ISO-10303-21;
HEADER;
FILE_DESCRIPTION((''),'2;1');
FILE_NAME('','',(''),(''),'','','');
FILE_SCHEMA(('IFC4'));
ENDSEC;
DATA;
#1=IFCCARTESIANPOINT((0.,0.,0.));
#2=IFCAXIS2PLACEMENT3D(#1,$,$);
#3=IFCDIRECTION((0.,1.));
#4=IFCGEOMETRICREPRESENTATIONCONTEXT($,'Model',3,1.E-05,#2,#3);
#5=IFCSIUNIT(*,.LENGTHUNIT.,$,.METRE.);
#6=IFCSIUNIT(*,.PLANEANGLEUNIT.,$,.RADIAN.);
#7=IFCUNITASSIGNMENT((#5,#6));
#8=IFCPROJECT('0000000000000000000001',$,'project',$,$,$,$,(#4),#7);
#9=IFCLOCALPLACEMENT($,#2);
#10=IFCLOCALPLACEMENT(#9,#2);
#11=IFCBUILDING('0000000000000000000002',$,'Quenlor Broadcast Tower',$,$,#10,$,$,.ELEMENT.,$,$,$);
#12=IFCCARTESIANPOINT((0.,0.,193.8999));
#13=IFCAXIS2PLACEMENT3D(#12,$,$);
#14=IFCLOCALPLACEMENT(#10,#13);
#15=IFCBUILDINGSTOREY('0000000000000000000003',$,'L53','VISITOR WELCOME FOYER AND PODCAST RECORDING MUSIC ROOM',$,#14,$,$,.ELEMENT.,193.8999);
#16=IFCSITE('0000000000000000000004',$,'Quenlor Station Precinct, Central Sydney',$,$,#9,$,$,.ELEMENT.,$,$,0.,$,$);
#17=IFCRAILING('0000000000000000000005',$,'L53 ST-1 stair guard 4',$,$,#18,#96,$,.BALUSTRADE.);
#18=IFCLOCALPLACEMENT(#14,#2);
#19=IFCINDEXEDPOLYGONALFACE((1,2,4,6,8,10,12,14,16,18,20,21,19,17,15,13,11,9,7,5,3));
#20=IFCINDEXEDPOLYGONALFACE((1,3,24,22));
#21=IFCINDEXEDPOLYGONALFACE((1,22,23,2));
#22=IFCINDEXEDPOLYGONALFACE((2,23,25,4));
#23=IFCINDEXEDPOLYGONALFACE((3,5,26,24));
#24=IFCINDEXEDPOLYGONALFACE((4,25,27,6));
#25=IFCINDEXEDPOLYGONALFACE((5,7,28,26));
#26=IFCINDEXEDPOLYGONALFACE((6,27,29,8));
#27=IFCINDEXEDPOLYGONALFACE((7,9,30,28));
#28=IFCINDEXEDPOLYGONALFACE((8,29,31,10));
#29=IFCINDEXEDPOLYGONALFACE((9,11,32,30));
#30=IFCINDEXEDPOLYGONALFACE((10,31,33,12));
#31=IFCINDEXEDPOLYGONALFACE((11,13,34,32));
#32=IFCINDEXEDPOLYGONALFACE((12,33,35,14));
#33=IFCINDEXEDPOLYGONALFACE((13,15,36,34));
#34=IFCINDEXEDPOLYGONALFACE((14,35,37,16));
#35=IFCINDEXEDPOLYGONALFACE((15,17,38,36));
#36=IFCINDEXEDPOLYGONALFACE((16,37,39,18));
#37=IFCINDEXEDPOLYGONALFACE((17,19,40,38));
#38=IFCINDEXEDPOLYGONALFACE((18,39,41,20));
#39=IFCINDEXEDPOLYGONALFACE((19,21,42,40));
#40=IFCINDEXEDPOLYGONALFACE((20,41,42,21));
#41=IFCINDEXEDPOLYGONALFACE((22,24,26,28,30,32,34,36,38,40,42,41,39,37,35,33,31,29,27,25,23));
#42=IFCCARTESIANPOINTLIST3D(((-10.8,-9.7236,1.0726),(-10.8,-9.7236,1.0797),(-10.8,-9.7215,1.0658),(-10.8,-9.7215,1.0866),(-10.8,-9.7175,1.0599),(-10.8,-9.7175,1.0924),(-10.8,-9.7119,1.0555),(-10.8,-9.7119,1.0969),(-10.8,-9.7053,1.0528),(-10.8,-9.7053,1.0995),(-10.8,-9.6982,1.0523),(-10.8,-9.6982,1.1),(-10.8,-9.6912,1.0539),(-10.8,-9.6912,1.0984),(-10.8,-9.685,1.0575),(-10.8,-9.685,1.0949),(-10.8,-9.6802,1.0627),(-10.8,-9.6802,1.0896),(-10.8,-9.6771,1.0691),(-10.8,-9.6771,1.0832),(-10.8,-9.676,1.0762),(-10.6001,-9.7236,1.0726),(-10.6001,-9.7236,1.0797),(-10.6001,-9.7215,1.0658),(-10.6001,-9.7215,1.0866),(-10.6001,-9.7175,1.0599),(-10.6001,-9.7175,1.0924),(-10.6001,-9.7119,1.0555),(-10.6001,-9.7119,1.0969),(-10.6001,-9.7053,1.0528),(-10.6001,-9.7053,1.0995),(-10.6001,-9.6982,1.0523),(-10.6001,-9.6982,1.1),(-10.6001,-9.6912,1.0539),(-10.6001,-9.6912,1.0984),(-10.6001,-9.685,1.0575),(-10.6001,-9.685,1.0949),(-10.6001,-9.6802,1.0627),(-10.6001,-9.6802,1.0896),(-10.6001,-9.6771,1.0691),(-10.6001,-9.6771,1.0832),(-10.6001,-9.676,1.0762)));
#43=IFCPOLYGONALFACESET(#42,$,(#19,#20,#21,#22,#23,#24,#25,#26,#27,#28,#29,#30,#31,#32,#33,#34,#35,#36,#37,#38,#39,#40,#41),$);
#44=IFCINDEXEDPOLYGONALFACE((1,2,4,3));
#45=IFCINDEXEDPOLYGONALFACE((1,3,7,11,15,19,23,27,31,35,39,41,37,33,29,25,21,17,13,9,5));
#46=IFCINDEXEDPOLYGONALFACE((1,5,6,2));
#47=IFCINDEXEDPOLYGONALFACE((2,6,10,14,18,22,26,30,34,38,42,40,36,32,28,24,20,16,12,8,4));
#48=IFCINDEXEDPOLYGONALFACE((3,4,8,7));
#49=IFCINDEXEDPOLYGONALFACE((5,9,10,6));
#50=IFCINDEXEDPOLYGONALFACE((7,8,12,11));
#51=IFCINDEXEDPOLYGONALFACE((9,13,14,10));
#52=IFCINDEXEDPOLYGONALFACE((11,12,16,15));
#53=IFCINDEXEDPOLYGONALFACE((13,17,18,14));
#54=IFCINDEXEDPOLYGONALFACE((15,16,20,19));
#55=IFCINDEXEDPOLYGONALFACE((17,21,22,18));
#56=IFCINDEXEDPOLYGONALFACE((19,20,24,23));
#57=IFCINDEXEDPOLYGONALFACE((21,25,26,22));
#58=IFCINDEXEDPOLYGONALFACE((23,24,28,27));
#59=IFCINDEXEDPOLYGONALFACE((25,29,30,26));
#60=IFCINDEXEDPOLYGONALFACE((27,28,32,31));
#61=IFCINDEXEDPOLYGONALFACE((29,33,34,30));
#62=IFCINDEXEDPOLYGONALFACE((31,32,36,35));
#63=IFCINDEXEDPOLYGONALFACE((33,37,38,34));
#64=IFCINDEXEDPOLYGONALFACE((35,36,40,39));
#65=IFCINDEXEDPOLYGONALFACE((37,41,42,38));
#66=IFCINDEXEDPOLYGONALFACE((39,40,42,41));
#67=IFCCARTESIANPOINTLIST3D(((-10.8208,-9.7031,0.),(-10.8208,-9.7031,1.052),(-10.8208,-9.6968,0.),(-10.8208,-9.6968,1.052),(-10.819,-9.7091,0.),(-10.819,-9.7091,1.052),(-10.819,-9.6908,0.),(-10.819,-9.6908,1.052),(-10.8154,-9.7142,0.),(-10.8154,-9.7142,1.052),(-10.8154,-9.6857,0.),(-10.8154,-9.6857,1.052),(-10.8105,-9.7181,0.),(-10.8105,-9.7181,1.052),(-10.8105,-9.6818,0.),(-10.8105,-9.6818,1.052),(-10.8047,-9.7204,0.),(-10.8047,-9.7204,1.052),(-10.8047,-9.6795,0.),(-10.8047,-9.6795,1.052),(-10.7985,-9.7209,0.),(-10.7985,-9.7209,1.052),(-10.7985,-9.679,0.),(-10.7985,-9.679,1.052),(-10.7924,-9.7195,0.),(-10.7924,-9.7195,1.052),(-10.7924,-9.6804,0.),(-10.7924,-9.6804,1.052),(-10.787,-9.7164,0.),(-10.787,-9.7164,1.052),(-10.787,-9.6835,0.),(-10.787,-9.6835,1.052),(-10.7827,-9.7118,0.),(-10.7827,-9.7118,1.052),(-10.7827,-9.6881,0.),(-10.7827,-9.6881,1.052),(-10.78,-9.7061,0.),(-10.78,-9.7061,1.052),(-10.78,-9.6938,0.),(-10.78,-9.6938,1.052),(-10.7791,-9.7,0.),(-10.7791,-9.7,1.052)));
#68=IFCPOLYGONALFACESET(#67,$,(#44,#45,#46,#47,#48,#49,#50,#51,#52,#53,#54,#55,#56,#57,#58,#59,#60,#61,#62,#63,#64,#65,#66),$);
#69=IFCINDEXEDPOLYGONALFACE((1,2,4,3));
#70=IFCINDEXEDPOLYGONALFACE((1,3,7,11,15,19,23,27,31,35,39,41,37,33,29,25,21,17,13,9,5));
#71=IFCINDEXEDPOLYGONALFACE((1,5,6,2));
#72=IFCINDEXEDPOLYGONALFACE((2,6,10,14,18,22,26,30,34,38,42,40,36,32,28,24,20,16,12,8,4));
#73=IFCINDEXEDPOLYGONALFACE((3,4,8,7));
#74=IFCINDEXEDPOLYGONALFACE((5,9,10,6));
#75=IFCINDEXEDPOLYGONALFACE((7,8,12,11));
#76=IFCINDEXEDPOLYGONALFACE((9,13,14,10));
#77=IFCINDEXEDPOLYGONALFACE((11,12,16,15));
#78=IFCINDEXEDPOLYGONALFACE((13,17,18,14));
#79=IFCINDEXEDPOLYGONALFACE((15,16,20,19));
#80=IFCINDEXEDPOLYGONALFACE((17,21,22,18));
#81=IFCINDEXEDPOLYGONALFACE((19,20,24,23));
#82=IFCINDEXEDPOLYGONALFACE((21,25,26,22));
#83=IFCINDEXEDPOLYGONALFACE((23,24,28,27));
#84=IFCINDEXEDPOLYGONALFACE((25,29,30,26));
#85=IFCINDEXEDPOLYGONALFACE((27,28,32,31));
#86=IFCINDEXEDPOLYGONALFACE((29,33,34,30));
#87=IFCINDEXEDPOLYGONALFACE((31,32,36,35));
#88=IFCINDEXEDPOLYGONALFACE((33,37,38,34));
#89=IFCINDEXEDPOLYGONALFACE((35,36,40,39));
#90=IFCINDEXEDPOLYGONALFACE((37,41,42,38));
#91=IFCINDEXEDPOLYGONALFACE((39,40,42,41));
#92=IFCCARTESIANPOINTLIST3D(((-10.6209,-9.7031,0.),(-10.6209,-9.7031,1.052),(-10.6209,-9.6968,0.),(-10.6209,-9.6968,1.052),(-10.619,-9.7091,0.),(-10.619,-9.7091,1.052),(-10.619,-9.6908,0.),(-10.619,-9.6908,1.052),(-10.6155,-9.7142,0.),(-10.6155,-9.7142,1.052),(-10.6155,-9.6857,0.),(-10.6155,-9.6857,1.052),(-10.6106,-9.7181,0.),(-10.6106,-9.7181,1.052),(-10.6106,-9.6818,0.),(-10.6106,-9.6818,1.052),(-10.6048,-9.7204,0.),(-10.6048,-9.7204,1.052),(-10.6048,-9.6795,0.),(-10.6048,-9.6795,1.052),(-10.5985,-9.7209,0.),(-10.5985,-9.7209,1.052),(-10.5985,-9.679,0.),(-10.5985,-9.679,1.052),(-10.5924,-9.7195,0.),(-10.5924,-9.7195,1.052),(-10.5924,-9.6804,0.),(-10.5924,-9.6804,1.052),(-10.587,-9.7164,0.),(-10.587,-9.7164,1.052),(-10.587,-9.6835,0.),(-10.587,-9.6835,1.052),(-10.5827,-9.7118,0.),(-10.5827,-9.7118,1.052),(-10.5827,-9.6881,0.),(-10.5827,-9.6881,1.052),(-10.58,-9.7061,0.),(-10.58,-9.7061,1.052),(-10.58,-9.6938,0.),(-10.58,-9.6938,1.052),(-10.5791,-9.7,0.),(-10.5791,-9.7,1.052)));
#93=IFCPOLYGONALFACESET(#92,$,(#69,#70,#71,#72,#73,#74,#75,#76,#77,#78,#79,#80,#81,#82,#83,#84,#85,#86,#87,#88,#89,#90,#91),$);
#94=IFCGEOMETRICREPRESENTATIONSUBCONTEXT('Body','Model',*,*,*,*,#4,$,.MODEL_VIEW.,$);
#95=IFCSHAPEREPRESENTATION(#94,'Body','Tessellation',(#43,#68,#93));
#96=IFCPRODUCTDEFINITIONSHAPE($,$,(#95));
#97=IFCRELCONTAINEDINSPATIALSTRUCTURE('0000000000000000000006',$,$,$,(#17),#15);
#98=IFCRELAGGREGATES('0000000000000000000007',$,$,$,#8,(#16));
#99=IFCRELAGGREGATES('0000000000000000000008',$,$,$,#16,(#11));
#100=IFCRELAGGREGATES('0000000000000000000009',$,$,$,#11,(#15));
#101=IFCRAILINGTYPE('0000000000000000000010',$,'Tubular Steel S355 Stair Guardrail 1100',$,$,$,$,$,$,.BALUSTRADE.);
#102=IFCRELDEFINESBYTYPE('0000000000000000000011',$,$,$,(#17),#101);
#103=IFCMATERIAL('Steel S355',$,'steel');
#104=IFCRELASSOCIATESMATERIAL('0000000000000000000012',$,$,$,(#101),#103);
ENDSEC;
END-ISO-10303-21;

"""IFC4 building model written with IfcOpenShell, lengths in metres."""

from ifc_helpers import new_model, si_unit, direction, frame, origin, origin_2d, place, context, subcontext, project, spatial, circle, extrude, material, type_object, element, save


model = new_model("IFC4")

# Units and contexts
model_context = context("Model", 3, precision=1e-05, world=origin(), true_north=direction((0.0, 1.0)))
body_context = subcontext(model_context, "Body", "Model", "MODEL_VIEW")
ifc_project = project(units=[si_unit("LENGTHUNIT", "METRE"), si_unit("PLANEANGLEUNIT", "RADIAN")], contexts=[model_context])

# Site, building, storey
site_placement = place(None, origin())
site = spatial("IfcSite", under=ifc_project, at=site_placement, Name="Quenlor Station Precinct, Central Sydney", CompositionType="ELEMENT", RefElevation=0.0)
building_placement = place(site_placement, origin())
building = spatial("IfcBuilding", under=site, at=building_placement, Name="Quenlor Broadcast Tower", CompositionType="ELEMENT")
storey_placement = place(building_placement, frame((0.0, 0.0, 193.8999)))
storey = spatial("IfcBuildingStorey", under=building, at=storey_placement, Name="L53", Description="VISITOR WELCOME FOYER AND PODCAST RECORDING MUSIC ROOM", CompositionType="ELEMENT", Elevation=193.8999)

# Railing
ifc_material_1 = material(Name="Steel S355", Category="steel")
railing_type_1 = type_object("IfcRailingType", Name="Tubular Steel S355 Stair Guardrail 1100", PredefinedType="BALUSTRADE", material=ifc_material_1)
railing_1_placement = place(storey_placement, frame((-10.8, -9.7, 0.0)))
element("IfcRailing", 1, at=railing_1_placement, inside=storey, type_object=railing_type_1, Name="L53 ST-1 stair guard 4", PredefinedType="BALUSTRADE", context=body_context, shape_type="SweptSolid", body=[
    extrude(circle(Radius=0.0239, at=origin_2d()), frame((0.0, 0.0, 1.0762), z_axis=(1.0, 0.0, 0.0), x_axis=(0.0, 1.0, 0.0)), (0.0, 0.0, 1.0), 0.2),
    extrude(circle(Radius=0.021, at=origin_2d()), origin(), (0.0, 0.0, 1.0), 1.052),
    extrude(circle(Radius=0.021, at=origin_2d()), frame((0.2, 0.0, 0.0)), (0.0, 0.0, 1.0), 1.052),
])

save(model, "model.ifc")
